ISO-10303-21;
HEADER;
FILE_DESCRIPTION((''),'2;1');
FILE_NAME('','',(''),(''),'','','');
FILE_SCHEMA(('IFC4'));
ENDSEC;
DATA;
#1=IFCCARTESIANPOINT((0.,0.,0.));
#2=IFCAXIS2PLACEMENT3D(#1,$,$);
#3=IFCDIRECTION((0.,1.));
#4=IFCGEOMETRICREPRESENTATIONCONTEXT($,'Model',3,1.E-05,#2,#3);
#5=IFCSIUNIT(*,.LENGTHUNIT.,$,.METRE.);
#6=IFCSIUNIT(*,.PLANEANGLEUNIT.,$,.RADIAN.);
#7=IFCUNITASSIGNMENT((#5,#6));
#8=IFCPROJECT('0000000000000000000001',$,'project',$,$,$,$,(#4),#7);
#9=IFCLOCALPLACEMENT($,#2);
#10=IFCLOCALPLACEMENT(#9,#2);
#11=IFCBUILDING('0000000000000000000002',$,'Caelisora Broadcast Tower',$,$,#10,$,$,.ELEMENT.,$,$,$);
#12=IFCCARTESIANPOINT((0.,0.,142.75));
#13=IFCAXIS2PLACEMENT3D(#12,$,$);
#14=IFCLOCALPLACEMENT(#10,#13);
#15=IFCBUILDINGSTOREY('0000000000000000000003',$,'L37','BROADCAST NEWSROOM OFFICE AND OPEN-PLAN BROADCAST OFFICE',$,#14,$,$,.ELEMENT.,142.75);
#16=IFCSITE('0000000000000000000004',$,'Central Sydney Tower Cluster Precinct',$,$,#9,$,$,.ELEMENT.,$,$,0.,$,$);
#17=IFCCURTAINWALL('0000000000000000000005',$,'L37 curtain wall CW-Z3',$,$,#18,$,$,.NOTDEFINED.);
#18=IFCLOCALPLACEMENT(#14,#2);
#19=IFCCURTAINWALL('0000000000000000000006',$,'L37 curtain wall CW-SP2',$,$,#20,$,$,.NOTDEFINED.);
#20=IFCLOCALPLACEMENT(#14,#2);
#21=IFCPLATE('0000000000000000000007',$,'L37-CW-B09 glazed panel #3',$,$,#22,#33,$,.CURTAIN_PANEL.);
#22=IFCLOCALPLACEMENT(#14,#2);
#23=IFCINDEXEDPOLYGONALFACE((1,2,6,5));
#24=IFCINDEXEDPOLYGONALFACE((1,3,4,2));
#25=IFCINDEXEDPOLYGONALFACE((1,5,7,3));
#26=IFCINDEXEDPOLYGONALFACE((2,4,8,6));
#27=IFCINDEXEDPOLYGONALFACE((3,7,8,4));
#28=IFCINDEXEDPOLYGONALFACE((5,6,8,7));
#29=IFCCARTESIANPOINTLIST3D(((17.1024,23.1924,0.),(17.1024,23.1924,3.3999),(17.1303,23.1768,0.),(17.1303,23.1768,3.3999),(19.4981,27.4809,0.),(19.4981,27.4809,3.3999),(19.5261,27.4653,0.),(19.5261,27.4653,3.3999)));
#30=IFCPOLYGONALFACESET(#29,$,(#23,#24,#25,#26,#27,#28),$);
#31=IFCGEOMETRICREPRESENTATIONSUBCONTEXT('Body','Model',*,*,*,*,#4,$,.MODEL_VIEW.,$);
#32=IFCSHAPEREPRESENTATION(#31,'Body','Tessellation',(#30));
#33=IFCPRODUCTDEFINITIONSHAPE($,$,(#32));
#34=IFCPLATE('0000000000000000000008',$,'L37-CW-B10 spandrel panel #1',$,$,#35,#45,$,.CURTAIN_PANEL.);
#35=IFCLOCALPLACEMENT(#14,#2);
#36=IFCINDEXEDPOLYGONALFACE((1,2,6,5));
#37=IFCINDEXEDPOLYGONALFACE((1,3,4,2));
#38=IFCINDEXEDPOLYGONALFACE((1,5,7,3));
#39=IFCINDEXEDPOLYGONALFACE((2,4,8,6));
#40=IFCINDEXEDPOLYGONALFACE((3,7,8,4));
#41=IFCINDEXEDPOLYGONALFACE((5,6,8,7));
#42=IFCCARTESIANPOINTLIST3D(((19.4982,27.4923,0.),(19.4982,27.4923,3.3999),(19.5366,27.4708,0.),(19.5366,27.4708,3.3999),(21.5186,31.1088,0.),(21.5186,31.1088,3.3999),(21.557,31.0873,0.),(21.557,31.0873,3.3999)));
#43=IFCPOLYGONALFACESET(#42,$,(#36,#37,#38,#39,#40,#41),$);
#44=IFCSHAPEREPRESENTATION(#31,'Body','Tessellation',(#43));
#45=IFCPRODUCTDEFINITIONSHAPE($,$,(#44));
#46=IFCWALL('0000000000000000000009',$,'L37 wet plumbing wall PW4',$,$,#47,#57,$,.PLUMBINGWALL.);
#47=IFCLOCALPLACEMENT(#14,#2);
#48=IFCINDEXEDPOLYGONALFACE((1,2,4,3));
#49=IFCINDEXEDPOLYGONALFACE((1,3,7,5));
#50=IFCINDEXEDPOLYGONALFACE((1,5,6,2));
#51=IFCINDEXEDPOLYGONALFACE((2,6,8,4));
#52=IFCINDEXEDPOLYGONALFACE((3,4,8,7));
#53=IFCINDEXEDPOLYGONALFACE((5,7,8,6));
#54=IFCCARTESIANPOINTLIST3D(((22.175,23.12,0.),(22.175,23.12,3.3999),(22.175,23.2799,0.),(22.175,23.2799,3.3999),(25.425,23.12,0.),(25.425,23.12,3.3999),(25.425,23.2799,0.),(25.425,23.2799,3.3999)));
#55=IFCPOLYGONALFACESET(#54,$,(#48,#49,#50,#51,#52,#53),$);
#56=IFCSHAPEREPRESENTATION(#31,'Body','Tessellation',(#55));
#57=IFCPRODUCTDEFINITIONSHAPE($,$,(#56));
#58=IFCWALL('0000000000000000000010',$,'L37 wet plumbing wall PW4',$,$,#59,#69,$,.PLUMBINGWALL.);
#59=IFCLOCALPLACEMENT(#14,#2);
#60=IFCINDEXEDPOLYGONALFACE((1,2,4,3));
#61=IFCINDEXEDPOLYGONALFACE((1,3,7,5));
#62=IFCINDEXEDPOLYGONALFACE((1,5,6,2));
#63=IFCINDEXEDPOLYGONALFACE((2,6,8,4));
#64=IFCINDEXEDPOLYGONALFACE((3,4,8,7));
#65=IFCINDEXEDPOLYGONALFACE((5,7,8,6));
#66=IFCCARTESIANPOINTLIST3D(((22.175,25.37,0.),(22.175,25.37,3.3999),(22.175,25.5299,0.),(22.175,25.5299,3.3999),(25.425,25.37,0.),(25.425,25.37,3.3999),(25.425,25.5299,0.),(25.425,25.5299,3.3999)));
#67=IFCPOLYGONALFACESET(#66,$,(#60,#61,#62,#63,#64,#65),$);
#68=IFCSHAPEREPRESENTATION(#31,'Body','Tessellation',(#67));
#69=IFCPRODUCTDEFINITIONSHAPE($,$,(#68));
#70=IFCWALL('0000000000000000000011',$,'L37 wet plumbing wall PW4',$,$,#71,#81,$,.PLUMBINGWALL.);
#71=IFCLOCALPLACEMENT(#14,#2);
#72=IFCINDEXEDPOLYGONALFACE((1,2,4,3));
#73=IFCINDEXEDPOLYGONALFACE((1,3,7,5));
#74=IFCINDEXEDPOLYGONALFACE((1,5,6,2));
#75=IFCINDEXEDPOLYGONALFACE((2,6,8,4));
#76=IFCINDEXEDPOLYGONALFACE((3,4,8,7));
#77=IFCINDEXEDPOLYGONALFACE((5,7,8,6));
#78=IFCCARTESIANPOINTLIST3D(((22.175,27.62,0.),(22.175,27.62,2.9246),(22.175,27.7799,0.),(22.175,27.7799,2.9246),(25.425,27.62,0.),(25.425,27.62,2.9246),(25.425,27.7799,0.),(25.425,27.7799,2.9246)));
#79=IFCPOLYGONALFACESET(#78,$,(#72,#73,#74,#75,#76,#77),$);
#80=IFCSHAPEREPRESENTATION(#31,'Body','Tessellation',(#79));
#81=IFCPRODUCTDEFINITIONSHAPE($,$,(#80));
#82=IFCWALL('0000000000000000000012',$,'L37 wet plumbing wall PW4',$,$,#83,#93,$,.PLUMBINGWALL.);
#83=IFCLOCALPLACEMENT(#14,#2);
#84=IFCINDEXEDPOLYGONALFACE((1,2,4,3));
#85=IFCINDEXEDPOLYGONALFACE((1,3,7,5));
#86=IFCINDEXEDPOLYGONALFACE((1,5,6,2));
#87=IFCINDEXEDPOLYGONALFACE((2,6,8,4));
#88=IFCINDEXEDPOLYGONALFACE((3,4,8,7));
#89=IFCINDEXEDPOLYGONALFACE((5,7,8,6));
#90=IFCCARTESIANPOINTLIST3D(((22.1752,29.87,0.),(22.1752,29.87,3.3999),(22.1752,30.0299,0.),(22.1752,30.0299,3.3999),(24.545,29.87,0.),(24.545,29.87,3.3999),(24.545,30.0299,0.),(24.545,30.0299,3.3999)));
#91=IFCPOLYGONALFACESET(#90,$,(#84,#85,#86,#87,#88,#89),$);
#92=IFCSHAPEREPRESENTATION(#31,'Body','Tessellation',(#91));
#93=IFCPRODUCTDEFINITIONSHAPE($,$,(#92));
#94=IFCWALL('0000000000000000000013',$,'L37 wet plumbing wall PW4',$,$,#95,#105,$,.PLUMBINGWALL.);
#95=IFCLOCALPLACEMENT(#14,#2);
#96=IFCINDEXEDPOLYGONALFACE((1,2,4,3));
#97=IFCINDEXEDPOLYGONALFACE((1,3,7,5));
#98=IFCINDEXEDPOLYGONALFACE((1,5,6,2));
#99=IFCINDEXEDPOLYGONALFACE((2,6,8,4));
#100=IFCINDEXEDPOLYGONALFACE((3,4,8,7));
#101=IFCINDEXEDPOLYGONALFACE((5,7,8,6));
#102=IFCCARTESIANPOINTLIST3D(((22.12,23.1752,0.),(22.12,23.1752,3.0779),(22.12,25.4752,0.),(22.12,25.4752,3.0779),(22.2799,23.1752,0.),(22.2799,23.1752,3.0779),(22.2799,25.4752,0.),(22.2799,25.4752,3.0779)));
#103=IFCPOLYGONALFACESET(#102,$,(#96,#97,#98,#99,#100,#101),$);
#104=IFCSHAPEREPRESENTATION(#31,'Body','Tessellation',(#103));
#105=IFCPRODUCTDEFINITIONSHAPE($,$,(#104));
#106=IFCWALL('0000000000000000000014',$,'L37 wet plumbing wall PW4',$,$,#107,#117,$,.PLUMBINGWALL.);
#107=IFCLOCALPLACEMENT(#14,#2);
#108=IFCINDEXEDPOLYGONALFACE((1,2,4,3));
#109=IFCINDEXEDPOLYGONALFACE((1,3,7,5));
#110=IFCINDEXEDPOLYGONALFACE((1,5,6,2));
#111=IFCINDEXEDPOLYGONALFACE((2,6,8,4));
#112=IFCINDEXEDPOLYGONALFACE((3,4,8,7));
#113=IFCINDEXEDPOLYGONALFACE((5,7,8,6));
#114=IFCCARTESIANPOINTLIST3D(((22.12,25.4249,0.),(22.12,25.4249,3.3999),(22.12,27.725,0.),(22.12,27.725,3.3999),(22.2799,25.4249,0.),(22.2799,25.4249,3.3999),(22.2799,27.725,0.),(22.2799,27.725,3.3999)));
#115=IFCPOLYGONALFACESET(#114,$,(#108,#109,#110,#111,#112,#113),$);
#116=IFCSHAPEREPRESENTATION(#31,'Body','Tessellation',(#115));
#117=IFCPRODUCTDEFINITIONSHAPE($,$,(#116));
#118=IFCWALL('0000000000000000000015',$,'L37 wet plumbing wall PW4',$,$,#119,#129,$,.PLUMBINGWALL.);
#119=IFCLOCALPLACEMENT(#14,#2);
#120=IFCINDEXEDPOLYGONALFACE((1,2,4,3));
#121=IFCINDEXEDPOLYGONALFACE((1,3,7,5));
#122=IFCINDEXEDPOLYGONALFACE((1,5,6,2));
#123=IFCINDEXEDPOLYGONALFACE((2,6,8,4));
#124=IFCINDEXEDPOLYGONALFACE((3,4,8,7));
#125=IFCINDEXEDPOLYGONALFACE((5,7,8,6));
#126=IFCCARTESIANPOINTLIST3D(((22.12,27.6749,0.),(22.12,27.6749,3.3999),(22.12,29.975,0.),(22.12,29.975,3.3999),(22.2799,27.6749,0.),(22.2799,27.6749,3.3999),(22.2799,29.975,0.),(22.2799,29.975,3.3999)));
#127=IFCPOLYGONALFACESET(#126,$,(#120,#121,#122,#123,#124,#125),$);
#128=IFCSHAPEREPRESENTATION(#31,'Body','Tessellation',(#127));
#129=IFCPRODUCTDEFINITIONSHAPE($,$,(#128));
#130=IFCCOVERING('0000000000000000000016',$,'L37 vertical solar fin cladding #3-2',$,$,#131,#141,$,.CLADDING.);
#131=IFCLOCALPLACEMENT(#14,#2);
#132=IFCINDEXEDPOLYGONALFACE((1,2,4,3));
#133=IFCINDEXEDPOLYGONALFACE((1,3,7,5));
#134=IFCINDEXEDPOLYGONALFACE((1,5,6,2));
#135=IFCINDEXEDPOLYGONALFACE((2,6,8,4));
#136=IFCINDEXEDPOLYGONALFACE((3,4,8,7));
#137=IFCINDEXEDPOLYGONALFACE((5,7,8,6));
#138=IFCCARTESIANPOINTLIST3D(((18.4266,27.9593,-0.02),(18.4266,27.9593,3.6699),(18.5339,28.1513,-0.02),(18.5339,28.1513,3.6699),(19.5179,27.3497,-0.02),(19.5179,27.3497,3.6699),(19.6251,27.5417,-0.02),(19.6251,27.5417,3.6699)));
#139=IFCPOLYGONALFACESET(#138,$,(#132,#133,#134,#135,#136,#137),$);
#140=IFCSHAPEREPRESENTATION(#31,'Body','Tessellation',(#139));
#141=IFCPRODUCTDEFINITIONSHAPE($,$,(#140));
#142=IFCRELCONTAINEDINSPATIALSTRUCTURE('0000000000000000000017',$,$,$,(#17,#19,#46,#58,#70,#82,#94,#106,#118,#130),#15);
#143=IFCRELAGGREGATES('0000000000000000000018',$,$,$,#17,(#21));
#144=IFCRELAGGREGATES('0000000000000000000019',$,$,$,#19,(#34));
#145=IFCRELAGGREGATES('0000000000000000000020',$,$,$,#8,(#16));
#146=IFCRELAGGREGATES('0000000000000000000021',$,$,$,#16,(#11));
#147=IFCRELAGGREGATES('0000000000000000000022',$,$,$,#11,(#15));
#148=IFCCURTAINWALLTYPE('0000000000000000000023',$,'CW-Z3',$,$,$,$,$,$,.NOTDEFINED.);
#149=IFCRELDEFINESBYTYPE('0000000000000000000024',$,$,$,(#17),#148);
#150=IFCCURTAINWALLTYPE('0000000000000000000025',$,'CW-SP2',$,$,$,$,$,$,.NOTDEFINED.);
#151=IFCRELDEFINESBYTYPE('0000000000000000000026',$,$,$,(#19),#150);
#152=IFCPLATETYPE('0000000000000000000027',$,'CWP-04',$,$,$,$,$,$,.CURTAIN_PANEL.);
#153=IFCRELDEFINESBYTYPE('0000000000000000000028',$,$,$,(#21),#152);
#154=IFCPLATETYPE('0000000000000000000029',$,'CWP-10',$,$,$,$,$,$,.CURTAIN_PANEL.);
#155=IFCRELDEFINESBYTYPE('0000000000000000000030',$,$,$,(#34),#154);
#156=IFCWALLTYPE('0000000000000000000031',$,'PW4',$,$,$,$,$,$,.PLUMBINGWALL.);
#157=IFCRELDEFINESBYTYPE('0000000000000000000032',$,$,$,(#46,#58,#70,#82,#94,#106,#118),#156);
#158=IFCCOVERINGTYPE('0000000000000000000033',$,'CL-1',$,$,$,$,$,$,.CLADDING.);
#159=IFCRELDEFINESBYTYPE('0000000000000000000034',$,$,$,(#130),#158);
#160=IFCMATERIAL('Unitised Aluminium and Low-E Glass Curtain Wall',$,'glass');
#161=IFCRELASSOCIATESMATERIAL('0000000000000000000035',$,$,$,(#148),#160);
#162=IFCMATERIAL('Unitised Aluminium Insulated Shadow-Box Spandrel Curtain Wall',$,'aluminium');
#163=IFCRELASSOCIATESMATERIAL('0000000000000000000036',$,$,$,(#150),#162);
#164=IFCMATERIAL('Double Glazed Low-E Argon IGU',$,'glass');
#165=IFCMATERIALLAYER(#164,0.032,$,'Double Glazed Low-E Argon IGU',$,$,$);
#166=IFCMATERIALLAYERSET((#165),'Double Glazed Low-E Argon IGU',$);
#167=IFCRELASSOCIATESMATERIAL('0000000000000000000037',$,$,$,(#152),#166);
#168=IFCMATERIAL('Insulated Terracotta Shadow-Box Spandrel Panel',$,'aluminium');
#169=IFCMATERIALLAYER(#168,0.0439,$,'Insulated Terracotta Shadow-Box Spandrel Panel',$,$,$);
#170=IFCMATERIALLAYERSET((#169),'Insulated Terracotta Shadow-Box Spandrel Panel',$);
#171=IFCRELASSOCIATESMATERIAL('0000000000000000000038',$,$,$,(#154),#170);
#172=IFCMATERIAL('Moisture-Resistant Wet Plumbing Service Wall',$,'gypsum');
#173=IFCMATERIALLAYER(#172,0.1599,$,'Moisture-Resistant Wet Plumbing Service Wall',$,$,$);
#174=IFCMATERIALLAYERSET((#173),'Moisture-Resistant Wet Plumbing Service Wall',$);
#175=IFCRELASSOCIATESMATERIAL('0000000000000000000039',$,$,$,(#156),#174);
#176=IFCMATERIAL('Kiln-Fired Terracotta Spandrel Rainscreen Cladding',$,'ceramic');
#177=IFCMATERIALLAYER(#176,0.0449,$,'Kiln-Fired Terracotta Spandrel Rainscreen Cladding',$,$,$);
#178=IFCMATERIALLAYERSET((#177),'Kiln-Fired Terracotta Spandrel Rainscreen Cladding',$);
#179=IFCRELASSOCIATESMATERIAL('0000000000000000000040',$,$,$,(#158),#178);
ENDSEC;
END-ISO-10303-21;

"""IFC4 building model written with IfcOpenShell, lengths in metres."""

from ifc_helpers import new_model, si_unit, direction, frame, frame_2d, origin, origin_2d, place, context, subcontext, project, spatial, rectangle, extrude, source, transform, mapped, material, layer, layer_set, type_object, type_shapes, element, aggregate, save


model = new_model("IFC4")

# Units and contexts
model_context = context("Model", 3, precision=1e-05, world=origin(), true_north=direction((0.0, 1.0)))
body_context = subcontext(model_context, "Body", "Model", "MODEL_VIEW")
ifc_project = project(units=[si_unit("LENGTHUNIT", "METRE"), si_unit("PLANEANGLEUNIT", "RADIAN")], contexts=[model_context])

# Site, building, storey
site_placement = place(None, origin())
site = spatial("IfcSite", under=ifc_project, at=site_placement, Name="Central Sydney Tower Cluster Precinct", CompositionType="ELEMENT", RefElevation=0.0)
building_placement = place(site_placement, origin())
building = spatial("IfcBuilding", under=site, at=building_placement, Name="Caelisora Broadcast Tower", CompositionType="ELEMENT")
storey_placement = place(building_placement, frame((0.0, 0.0, 142.75)))
storey = spatial("IfcBuildingStorey", under=building, at=storey_placement, Name="L37", Description="BROADCAST NEWSROOM OFFICE AND OPEN-PLAN BROADCAST OFFICE", CompositionType="ELEMENT", Elevation=142.75)

# Curtain wall
ifc_material_1 = material(Name="Unitised Aluminium and Low-E Glass Curtain Wall", Category="glass")
curtain_wall_type_1 = type_object("IfcCurtainWallType", Name="CW-Z3", PredefinedType="NOTDEFINED", material=ifc_material_1)
curtain_wall_1_placement = place(storey_placement, origin())
curtain_wall_1 = element("IfcCurtainWall", 1, at=curtain_wall_1_placement, inside=storey, type_object=curtain_wall_type_1, Name="L37 curtain wall CW-Z3", PredefinedType="NOTDEFINED")

# Curtain wall
ifc_material_2 = material(Name="Unitised Aluminium Insulated Shadow-Box Spandrel Curtain Wall", Category="aluminium")
curtain_wall_type_2 = type_object("IfcCurtainWallType", Name="CW-SP2", PredefinedType="NOTDEFINED", material=ifc_material_2)
curtain_wall_2_placement = place(storey_placement, origin())
curtain_wall_2 = element("IfcCurtainWall", 2, at=curtain_wall_2_placement, inside=storey, type_object=curtain_wall_type_2, Name="L37 curtain wall CW-SP2", PredefinedType="NOTDEFINED")

# Plates
ifc_material_3 = material(Name="Double Glazed Low-E Argon IGU", Category="glass")
ifc_layer_1 = layer(ifc_material_3, 0.032, Name="Double Glazed Low-E Argon IGU")
ifc_layer_set_1 = layer_set([ifc_layer_1], Name="Double Glazed Low-E Argon IGU")
plate_type_1 = type_object("IfcPlateType", Name="CWP-04", PredefinedType="CURTAIN_PANEL", material=ifc_layer_set_1)
shared_shape_1 = source(origin(), body_context, "Body", "SweptSolid", [
    extrude(rectangle(XDim=4.9124, YDim=0.032, at=origin_2d()), origin(), (0.0, 0.0, 1.0), 3.3999),
])
type_shapes(plate_type_1, [shared_shape_1])
plate_1_placement = place(storey_placement, frame((18.3142, 25.3289, 0.0), z_axis=(0.0, 0.0, 1.0), x_axis=(0.487707, 0.873007, 0.0)))
plate_1 = element("IfcPlate", 3, at=plate_1_placement, type_object=plate_type_1, Name="L37-CW-B09 glazed panel #3", PredefinedType="CURTAIN_PANEL", context=body_context, shape_type="MappedRepresentation", body=[
    mapped(shared_shape_1, transform((0.0, 0.0, 0.0), scale=1.0)),
])
aggregate(curtain_wall_1, [plate_1])
ifc_material_4 = material(Name="Insulated Terracotta Shadow-Box Spandrel Panel", Category="aluminium")
ifc_layer_2 = layer(ifc_material_4, 0.0439, Name="Insulated Terracotta Shadow-Box Spandrel Panel")
ifc_layer_set_2 = layer_set([ifc_layer_2], Name="Insulated Terracotta Shadow-Box Spandrel Panel")
plate_type_2 = type_object("IfcPlateType", Name="CWP-10", PredefinedType="CURTAIN_PANEL", material=ifc_layer_set_2)
shared_shape_2 = source(origin(), body_context, "Body", "SweptSolid", [
    extrude(rectangle(XDim=4.1426, YDim=0.0439, at=origin_2d()), origin(), (0.0, 0.0, 1.0), 3.3999),
])
type_shapes(plate_type_2, [shared_shape_2])
plate_2_placement = place(storey_placement, frame((20.5276, 29.2898, 0.0), z_axis=(0.0, 0.0, 1.0), x_axis=(0.487707, 0.873007, 0.0)))
plate_2 = element("IfcPlate", 4, at=plate_2_placement, type_object=plate_type_2, Name="L37-CW-B10 spandrel panel #1", PredefinedType="CURTAIN_PANEL", context=body_context, shape_type="MappedRepresentation", body=[
    mapped(shared_shape_2, transform((0.0, 0.0, 0.0), scale=1.0)),
])
aggregate(curtain_wall_2, [plate_2])

# Walls
ifc_material_5 = material(Name="Moisture-Resistant Wet Plumbing Service Wall", Category="gypsum")
ifc_layer_3 = layer(ifc_material_5, 0.1599, Name="Moisture-Resistant Wet Plumbing Service Wall")
ifc_layer_set_3 = layer_set([ifc_layer_3], Name="Moisture-Resistant Wet Plumbing Service Wall")
wall_type = type_object("IfcWallType", Name="PW4", PredefinedType="PLUMBINGWALL", material=ifc_layer_set_3)
for number, where, z_axis, x_axis, name in (
    (5, (22.175, 23.2, 0.0), (0.0, 0.0, 1.0), (1.0, 0.0, 0.0), "L37 wet plumbing wall PW4"),
    (6, (22.175, 25.45, 0.0), (0.0, 0.0, 1.0), (1.0, 0.0, 0.0), "L37 wet plumbing wall PW4"),
):
    element("IfcWall", number, at=place(storey_placement, frame(where, z_axis=z_axis, x_axis=x_axis)), inside=storey, type_object=wall_type, Name=name, PredefinedType="PLUMBINGWALL", context=body_context, shape_type="SweptSolid", body=[
        extrude(rectangle(XDim=3.25, YDim=0.1599, at=frame_2d((1.625, 0.0))), origin(), (0.0, 0.0, 1.0), 3.3999),
    ])
wall_1_placement = place(storey_placement, frame((22.175, 27.7, 0.0), z_axis=(0.0, 0.0, 1.0), x_axis=(1.0, 0.0, 0.0)))
element("IfcWall", 7, at=wall_1_placement, inside=storey, type_object=wall_type, Name="L37 wet plumbing wall PW4", PredefinedType="PLUMBINGWALL", context=body_context, shape_type="SweptSolid", body=[
    extrude(rectangle(XDim=3.25, YDim=0.1599, at=frame_2d((1.625, 0.0))), origin(), (0.0, 0.0, 1.0), 2.9246),
])
wall_2_placement = place(storey_placement, frame((22.175, 29.95, 0.0), z_axis=(0.0, 0.0, 1.0), x_axis=(1.0, 0.0, 0.0)))
element("IfcWall", 8, at=wall_2_placement, inside=storey, type_object=wall_type, Name="L37 wet plumbing wall PW4", PredefinedType="PLUMBINGWALL", context=body_context, shape_type="SweptSolid", body=[
    extrude(rectangle(XDim=2.3699, YDim=0.1599, at=frame_2d((1.1851, 0.0))), origin(), (0.0, 0.0, 1.0), 3.3999),
])
wall_3_placement = place(storey_placement, frame((22.2, 25.4751, 0.0), z_axis=(0.0, 0.0, 1.0), x_axis=(0.0, -1.0, 0.0)))
element("IfcWall", 9, at=wall_3_placement, inside=storey, type_object=wall_type, Name="L37 wet plumbing wall PW4", PredefinedType="PLUMBINGWALL", context=body_context, shape_type="SweptSolid", body=[
    extrude(rectangle(XDim=2.3, YDim=0.1599, at=frame_2d((1.1499, 0.0))), origin(), (0.0, 0.0, 1.0), 3.0779),
])
for number, where, z_axis, x_axis, name in (
    (10, (22.2, 25.425, 0.0), (0.0, 0.0, 1.0), (0.0, 1.0, 0.0), "L37 wet plumbing wall PW4"),
    (11, (22.2, 27.675, 0.0), (0.0, 0.0, 1.0), (0.0, 1.0, 0.0), "L37 wet plumbing wall PW4"),
):
    element("IfcWall", number, at=place(storey_placement, frame(where, z_axis=z_axis, x_axis=x_axis)), inside=storey, type_object=wall_type, Name=name, PredefinedType="PLUMBINGWALL", context=body_context, shape_type="SweptSolid", body=[
        extrude(rectangle(XDim=2.3, YDim=0.1599, at=frame_2d((1.1499, 0.0))), origin(), (0.0, 0.0, 1.0), 3.3999),
    ])

# Covering
ifc_material_6 = material(Name="Kiln-Fired Terracotta Spandrel Rainscreen Cladding", Category="ceramic")
ifc_layer_4 = layer(ifc_material_6, 0.0449, Name="Kiln-Fired Terracotta Spandrel Rainscreen Cladding")
ifc_layer_set_4 = layer_set([ifc_layer_4], Name="Kiln-Fired Terracotta Spandrel Rainscreen Cladding")
covering_type = type_object("IfcCoveringType", Name="CL-1", PredefinedType="CLADDING", material=ifc_layer_set_4)
shared_shape_3 = source(origin(), body_context, "Body", "SweptSolid", [
    extrude(rectangle(XDim=0.22, YDim=1.25, at=origin_2d()), origin(), (0.0, 0.0, 1.0), 3.6899),
])
type_shapes(covering_type, [shared_shape_3])
covering_placement = place(storey_placement, frame((19.0259, 27.7505, -0.02), z_axis=(0.0, 0.0, 1.0), x_axis=(0.487707, 0.873007, 0.0)))
element("IfcCovering", 12, at=covering_placement, inside=storey, type_object=covering_type, Name="L37 vertical solar fin cladding #3-2", PredefinedType="CLADDING", context=body_context, shape_type="MappedRepresentation", body=[
    mapped(shared_shape_3, transform((0.0, 0.0, 0.0), scale=1.0)),
])

save(model, "model.ifc")
